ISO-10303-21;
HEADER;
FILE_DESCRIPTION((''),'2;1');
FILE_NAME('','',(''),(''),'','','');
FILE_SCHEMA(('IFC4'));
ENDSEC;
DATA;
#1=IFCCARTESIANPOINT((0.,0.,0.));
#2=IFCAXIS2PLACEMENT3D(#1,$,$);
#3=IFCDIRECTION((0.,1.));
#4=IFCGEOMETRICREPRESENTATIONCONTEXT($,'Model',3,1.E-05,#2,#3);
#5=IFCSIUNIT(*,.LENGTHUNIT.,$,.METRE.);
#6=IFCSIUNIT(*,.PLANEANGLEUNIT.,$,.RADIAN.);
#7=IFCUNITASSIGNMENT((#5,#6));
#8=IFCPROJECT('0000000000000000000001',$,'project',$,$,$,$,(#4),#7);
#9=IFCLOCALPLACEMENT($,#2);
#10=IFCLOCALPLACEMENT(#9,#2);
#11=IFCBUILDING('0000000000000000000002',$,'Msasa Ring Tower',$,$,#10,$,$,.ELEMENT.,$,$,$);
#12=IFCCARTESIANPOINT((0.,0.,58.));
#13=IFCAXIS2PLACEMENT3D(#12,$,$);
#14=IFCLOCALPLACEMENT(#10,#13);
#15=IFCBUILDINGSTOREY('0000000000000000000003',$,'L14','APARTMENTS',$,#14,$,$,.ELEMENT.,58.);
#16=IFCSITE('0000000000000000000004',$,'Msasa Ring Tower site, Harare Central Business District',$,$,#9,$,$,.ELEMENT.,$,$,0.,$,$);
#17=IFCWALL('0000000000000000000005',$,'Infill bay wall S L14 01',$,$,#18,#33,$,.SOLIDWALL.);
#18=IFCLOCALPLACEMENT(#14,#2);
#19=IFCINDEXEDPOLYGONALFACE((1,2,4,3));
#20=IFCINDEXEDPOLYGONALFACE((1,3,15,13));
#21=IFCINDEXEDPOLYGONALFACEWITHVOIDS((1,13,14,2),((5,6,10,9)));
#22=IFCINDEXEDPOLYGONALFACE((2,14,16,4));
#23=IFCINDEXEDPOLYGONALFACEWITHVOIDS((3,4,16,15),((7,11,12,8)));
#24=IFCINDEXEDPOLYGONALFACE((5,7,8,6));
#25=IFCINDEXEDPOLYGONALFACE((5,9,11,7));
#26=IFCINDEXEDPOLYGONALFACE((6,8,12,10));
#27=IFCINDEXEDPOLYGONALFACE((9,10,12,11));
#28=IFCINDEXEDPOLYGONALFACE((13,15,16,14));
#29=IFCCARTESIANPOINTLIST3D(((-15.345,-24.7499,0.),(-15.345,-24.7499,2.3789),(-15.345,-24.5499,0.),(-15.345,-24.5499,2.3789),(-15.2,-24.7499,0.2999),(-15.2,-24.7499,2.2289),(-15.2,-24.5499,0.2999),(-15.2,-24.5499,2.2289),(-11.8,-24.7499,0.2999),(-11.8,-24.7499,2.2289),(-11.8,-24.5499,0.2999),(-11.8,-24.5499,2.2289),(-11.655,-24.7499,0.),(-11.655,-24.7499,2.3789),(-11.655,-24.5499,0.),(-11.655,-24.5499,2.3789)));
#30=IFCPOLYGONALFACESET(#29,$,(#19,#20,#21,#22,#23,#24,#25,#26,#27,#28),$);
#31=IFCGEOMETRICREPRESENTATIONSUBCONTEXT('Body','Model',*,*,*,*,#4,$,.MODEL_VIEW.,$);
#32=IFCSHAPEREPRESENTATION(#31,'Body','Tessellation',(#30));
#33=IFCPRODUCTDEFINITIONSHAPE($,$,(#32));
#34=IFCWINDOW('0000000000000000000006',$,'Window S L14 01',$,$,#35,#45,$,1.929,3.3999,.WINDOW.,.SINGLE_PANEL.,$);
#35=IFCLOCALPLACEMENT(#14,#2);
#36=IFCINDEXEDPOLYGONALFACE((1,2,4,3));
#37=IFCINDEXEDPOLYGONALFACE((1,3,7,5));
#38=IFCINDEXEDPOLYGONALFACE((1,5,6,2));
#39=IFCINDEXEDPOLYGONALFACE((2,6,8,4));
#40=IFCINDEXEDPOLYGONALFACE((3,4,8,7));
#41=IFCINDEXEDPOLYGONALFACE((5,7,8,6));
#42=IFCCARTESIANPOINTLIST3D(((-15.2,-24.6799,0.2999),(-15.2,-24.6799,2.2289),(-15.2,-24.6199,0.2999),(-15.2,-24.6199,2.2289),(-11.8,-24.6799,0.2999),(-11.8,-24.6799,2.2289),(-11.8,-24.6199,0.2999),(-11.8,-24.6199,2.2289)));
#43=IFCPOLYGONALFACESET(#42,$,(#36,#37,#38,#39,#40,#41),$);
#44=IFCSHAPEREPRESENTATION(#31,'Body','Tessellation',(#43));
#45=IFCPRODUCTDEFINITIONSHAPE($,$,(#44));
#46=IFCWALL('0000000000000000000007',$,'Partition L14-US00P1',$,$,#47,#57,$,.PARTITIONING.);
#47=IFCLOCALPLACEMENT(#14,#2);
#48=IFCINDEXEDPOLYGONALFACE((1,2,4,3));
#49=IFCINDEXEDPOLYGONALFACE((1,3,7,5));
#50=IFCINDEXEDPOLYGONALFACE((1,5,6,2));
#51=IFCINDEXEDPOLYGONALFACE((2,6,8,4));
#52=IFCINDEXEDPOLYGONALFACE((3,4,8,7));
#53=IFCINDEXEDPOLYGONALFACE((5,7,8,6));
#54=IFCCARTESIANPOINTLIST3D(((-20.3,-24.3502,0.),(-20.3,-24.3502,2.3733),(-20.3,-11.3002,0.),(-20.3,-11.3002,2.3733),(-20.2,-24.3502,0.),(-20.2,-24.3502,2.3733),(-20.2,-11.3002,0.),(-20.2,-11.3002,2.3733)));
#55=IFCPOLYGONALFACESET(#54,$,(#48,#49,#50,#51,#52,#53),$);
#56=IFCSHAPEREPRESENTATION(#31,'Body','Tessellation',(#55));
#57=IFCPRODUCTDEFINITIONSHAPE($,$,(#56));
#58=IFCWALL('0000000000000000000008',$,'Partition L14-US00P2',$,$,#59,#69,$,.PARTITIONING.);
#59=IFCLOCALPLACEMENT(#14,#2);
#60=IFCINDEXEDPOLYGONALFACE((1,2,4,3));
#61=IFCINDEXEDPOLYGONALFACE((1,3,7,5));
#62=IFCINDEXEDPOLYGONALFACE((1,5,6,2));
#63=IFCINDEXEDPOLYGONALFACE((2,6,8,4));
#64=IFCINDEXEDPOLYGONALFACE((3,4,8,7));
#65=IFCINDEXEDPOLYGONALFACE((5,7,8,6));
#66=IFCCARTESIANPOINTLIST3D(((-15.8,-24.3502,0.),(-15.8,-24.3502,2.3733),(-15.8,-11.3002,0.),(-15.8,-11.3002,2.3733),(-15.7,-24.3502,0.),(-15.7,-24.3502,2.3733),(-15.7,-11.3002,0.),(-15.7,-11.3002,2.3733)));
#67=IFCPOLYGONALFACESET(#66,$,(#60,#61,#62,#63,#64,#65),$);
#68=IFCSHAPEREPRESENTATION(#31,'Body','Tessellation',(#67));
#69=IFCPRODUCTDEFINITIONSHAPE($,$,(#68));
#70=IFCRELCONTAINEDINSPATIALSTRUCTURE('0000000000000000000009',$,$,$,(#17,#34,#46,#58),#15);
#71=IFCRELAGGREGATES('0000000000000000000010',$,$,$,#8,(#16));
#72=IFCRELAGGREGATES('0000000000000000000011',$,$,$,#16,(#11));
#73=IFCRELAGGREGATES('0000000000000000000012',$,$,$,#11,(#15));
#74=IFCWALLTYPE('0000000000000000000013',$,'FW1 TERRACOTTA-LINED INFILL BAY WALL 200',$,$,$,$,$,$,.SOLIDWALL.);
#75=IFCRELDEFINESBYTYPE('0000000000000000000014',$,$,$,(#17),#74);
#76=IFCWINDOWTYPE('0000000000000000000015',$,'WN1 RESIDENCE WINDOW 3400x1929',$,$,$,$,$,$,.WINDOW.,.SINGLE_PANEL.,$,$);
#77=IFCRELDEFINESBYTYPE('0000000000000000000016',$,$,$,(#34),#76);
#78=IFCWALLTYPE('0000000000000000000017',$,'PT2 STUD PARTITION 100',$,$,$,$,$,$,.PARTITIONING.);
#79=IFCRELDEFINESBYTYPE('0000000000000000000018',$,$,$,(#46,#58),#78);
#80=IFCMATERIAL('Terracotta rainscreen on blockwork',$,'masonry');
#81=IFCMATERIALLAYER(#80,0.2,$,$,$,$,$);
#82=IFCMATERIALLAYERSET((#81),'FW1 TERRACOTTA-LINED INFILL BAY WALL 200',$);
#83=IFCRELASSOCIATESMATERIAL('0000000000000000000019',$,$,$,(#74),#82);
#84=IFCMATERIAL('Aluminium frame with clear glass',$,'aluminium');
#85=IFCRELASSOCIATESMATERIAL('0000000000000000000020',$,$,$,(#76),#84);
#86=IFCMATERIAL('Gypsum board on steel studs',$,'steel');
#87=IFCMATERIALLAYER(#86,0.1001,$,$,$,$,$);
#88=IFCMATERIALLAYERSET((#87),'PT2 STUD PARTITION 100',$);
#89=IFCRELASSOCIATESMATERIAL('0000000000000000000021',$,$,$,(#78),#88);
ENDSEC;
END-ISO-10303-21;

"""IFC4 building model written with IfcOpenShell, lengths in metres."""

from ifc_helpers import new_model, si_unit, direction, frame, frame_2d, origin, place, context, subcontext, project, spatial, rectangle, extrude, material, layer, layer_set, type_object, element, fill, save


model = new_model("IFC4")

# Units and contexts
model_context = context("Model", 3, precision=1e-05, world=origin(), true_north=direction((0.0, 1.0)))
body_context = subcontext(model_context, "Body", "Model", "MODEL_VIEW")
ifc_project = project(units=[si_unit("LENGTHUNIT", "METRE"), si_unit("PLANEANGLEUNIT", "RADIAN")], contexts=[model_context])

# Site, building, storey
site_placement = place(None, origin())
site = spatial("IfcSite", under=ifc_project, at=site_placement, Name="Msasa Ring Tower site, Harare Central Business District", CompositionType="ELEMENT", RefElevation=0.0)
building_placement = place(site_placement, origin())
building = spatial("IfcBuilding", under=site, at=building_placement, Name="Msasa Ring Tower", CompositionType="ELEMENT")
storey_placement = place(building_placement, frame((0.0, 0.0, 58.0)))
storey = spatial("IfcBuildingStorey", under=building, at=storey_placement, Name="L14", Description="APARTMENTS", CompositionType="ELEMENT", Elevation=58.0)

# Wall, opening, window
ifc_material_1 = material(Name="Terracotta rainscreen on blockwork", Category="masonry")
ifc_layer_1 = layer(ifc_material_1, 0.2)
ifc_layer_set_1 = layer_set([ifc_layer_1], Name="FW1 TERRACOTTA-LINED INFILL BAY WALL 200")
wall_type_1 = type_object("IfcWallType", Name="FW1 TERRACOTTA-LINED INFILL BAY WALL 200", PredefinedType="SOLIDWALL", material=ifc_layer_set_1)
ifc_material_2 = material(Name="Aluminium frame with clear glass", Category="aluminium")
window_type = type_object("IfcWindowType", Name="WN1 RESIDENCE WINDOW 3400x1929", PartitioningType="SINGLE_PANEL", PredefinedType="WINDOW", material=ifc_material_2)
wall_1_placement = place(storey_placement, frame((-15.345, -24.6499, 0.0), z_axis=(0.0, 0.0, 1.0), x_axis=(1.0, 0.0, 0.0)))
wall_1 = element("IfcWall", 1, at=wall_1_placement, inside=storey, type_object=wall_type_1, Name="Infill bay wall S L14 01", PredefinedType="SOLIDWALL", context=body_context, shape_type="SweptSolid", body=[
    extrude(rectangle(XDim=3.6899, YDim=0.2, at=frame_2d((1.845, 0.0))), origin(), (0.0, 0.0, 1.0), 2.3789),
])
opening_1_placement = place(wall_1_placement, frame((0.145, 0.0, 0.3)))
opening_1 = element("IfcOpeningElement", 2, at=opening_1_placement, cuts=wall_1, PredefinedType="OPENING", context=body_context, shape_type="SweptSolid", body=[
    extrude(rectangle(XDim=3.3999, YDim=1.929, at=frame_2d((1.7, 0.9644))), frame((0.0, 0.1099, 0.0), z_axis=(0.0, -1.0, 0.0), x_axis=(1.0, 0.0, 0.0)), (0.0, 0.0, 1.0), 0.22),
])
window_1_placement = place(opening_1_placement, origin())
window_1 = element("IfcWindow", 3, at=window_1_placement, inside=storey, type_object=window_type, Name="Window S L14 01", OverallHeight=1.929, OverallWidth=3.3999, PartitioningType="SINGLE_PANEL", PredefinedType="WINDOW", context=body_context, shape_type="SweptSolid", body=[
    extrude(rectangle(XDim=3.3999, YDim=1.929, at=frame_2d((1.7, 0.9644))), frame((0.0, 0.03, 0.0), z_axis=(0.0, -1.0, 0.0), x_axis=(1.0, 0.0, 0.0)), (0.0, 0.0, 1.0), 0.0601),
])
fill(opening_1, window_1)

# Walls
ifc_material_3 = material(Name="Gypsum board on steel studs", Category="steel")
ifc_layer_2 = layer(ifc_material_3, 0.1001)
ifc_layer_set_2 = layer_set([ifc_layer_2], Name="PT2 STUD PARTITION 100")
wall_type_2 = type_object("IfcWallType", Name="PT2 STUD PARTITION 100", PredefinedType="PARTITIONING", material=ifc_layer_set_2)
for number, where, z_axis, x_axis, name in (
    (4, (-20.25, -24.3501, 0.0), (0.0, 0.0, 1.0), (0.0, 1.0, 0.0), "Partition L14-US00P1"),
    (5, (-15.75, -24.3501, 0.0), (0.0, 0.0, 1.0), (0.0, 1.0, 0.0), "Partition L14-US00P2"),
):
    element("IfcWall", number, at=place(storey_placement, frame(where, z_axis=z_axis, x_axis=x_axis)), inside=storey, type_object=wall_type_2, Name=name, PredefinedType="PARTITIONING", context=body_context, shape_type="SweptSolid", body=[
        extrude(rectangle(XDim=13.05, YDim=0.1001, at=frame_2d((6.5249, 0.0))), origin(), (0.0, 0.0, 1.0), 2.3733),
    ])

save(model, "model.ifc")
